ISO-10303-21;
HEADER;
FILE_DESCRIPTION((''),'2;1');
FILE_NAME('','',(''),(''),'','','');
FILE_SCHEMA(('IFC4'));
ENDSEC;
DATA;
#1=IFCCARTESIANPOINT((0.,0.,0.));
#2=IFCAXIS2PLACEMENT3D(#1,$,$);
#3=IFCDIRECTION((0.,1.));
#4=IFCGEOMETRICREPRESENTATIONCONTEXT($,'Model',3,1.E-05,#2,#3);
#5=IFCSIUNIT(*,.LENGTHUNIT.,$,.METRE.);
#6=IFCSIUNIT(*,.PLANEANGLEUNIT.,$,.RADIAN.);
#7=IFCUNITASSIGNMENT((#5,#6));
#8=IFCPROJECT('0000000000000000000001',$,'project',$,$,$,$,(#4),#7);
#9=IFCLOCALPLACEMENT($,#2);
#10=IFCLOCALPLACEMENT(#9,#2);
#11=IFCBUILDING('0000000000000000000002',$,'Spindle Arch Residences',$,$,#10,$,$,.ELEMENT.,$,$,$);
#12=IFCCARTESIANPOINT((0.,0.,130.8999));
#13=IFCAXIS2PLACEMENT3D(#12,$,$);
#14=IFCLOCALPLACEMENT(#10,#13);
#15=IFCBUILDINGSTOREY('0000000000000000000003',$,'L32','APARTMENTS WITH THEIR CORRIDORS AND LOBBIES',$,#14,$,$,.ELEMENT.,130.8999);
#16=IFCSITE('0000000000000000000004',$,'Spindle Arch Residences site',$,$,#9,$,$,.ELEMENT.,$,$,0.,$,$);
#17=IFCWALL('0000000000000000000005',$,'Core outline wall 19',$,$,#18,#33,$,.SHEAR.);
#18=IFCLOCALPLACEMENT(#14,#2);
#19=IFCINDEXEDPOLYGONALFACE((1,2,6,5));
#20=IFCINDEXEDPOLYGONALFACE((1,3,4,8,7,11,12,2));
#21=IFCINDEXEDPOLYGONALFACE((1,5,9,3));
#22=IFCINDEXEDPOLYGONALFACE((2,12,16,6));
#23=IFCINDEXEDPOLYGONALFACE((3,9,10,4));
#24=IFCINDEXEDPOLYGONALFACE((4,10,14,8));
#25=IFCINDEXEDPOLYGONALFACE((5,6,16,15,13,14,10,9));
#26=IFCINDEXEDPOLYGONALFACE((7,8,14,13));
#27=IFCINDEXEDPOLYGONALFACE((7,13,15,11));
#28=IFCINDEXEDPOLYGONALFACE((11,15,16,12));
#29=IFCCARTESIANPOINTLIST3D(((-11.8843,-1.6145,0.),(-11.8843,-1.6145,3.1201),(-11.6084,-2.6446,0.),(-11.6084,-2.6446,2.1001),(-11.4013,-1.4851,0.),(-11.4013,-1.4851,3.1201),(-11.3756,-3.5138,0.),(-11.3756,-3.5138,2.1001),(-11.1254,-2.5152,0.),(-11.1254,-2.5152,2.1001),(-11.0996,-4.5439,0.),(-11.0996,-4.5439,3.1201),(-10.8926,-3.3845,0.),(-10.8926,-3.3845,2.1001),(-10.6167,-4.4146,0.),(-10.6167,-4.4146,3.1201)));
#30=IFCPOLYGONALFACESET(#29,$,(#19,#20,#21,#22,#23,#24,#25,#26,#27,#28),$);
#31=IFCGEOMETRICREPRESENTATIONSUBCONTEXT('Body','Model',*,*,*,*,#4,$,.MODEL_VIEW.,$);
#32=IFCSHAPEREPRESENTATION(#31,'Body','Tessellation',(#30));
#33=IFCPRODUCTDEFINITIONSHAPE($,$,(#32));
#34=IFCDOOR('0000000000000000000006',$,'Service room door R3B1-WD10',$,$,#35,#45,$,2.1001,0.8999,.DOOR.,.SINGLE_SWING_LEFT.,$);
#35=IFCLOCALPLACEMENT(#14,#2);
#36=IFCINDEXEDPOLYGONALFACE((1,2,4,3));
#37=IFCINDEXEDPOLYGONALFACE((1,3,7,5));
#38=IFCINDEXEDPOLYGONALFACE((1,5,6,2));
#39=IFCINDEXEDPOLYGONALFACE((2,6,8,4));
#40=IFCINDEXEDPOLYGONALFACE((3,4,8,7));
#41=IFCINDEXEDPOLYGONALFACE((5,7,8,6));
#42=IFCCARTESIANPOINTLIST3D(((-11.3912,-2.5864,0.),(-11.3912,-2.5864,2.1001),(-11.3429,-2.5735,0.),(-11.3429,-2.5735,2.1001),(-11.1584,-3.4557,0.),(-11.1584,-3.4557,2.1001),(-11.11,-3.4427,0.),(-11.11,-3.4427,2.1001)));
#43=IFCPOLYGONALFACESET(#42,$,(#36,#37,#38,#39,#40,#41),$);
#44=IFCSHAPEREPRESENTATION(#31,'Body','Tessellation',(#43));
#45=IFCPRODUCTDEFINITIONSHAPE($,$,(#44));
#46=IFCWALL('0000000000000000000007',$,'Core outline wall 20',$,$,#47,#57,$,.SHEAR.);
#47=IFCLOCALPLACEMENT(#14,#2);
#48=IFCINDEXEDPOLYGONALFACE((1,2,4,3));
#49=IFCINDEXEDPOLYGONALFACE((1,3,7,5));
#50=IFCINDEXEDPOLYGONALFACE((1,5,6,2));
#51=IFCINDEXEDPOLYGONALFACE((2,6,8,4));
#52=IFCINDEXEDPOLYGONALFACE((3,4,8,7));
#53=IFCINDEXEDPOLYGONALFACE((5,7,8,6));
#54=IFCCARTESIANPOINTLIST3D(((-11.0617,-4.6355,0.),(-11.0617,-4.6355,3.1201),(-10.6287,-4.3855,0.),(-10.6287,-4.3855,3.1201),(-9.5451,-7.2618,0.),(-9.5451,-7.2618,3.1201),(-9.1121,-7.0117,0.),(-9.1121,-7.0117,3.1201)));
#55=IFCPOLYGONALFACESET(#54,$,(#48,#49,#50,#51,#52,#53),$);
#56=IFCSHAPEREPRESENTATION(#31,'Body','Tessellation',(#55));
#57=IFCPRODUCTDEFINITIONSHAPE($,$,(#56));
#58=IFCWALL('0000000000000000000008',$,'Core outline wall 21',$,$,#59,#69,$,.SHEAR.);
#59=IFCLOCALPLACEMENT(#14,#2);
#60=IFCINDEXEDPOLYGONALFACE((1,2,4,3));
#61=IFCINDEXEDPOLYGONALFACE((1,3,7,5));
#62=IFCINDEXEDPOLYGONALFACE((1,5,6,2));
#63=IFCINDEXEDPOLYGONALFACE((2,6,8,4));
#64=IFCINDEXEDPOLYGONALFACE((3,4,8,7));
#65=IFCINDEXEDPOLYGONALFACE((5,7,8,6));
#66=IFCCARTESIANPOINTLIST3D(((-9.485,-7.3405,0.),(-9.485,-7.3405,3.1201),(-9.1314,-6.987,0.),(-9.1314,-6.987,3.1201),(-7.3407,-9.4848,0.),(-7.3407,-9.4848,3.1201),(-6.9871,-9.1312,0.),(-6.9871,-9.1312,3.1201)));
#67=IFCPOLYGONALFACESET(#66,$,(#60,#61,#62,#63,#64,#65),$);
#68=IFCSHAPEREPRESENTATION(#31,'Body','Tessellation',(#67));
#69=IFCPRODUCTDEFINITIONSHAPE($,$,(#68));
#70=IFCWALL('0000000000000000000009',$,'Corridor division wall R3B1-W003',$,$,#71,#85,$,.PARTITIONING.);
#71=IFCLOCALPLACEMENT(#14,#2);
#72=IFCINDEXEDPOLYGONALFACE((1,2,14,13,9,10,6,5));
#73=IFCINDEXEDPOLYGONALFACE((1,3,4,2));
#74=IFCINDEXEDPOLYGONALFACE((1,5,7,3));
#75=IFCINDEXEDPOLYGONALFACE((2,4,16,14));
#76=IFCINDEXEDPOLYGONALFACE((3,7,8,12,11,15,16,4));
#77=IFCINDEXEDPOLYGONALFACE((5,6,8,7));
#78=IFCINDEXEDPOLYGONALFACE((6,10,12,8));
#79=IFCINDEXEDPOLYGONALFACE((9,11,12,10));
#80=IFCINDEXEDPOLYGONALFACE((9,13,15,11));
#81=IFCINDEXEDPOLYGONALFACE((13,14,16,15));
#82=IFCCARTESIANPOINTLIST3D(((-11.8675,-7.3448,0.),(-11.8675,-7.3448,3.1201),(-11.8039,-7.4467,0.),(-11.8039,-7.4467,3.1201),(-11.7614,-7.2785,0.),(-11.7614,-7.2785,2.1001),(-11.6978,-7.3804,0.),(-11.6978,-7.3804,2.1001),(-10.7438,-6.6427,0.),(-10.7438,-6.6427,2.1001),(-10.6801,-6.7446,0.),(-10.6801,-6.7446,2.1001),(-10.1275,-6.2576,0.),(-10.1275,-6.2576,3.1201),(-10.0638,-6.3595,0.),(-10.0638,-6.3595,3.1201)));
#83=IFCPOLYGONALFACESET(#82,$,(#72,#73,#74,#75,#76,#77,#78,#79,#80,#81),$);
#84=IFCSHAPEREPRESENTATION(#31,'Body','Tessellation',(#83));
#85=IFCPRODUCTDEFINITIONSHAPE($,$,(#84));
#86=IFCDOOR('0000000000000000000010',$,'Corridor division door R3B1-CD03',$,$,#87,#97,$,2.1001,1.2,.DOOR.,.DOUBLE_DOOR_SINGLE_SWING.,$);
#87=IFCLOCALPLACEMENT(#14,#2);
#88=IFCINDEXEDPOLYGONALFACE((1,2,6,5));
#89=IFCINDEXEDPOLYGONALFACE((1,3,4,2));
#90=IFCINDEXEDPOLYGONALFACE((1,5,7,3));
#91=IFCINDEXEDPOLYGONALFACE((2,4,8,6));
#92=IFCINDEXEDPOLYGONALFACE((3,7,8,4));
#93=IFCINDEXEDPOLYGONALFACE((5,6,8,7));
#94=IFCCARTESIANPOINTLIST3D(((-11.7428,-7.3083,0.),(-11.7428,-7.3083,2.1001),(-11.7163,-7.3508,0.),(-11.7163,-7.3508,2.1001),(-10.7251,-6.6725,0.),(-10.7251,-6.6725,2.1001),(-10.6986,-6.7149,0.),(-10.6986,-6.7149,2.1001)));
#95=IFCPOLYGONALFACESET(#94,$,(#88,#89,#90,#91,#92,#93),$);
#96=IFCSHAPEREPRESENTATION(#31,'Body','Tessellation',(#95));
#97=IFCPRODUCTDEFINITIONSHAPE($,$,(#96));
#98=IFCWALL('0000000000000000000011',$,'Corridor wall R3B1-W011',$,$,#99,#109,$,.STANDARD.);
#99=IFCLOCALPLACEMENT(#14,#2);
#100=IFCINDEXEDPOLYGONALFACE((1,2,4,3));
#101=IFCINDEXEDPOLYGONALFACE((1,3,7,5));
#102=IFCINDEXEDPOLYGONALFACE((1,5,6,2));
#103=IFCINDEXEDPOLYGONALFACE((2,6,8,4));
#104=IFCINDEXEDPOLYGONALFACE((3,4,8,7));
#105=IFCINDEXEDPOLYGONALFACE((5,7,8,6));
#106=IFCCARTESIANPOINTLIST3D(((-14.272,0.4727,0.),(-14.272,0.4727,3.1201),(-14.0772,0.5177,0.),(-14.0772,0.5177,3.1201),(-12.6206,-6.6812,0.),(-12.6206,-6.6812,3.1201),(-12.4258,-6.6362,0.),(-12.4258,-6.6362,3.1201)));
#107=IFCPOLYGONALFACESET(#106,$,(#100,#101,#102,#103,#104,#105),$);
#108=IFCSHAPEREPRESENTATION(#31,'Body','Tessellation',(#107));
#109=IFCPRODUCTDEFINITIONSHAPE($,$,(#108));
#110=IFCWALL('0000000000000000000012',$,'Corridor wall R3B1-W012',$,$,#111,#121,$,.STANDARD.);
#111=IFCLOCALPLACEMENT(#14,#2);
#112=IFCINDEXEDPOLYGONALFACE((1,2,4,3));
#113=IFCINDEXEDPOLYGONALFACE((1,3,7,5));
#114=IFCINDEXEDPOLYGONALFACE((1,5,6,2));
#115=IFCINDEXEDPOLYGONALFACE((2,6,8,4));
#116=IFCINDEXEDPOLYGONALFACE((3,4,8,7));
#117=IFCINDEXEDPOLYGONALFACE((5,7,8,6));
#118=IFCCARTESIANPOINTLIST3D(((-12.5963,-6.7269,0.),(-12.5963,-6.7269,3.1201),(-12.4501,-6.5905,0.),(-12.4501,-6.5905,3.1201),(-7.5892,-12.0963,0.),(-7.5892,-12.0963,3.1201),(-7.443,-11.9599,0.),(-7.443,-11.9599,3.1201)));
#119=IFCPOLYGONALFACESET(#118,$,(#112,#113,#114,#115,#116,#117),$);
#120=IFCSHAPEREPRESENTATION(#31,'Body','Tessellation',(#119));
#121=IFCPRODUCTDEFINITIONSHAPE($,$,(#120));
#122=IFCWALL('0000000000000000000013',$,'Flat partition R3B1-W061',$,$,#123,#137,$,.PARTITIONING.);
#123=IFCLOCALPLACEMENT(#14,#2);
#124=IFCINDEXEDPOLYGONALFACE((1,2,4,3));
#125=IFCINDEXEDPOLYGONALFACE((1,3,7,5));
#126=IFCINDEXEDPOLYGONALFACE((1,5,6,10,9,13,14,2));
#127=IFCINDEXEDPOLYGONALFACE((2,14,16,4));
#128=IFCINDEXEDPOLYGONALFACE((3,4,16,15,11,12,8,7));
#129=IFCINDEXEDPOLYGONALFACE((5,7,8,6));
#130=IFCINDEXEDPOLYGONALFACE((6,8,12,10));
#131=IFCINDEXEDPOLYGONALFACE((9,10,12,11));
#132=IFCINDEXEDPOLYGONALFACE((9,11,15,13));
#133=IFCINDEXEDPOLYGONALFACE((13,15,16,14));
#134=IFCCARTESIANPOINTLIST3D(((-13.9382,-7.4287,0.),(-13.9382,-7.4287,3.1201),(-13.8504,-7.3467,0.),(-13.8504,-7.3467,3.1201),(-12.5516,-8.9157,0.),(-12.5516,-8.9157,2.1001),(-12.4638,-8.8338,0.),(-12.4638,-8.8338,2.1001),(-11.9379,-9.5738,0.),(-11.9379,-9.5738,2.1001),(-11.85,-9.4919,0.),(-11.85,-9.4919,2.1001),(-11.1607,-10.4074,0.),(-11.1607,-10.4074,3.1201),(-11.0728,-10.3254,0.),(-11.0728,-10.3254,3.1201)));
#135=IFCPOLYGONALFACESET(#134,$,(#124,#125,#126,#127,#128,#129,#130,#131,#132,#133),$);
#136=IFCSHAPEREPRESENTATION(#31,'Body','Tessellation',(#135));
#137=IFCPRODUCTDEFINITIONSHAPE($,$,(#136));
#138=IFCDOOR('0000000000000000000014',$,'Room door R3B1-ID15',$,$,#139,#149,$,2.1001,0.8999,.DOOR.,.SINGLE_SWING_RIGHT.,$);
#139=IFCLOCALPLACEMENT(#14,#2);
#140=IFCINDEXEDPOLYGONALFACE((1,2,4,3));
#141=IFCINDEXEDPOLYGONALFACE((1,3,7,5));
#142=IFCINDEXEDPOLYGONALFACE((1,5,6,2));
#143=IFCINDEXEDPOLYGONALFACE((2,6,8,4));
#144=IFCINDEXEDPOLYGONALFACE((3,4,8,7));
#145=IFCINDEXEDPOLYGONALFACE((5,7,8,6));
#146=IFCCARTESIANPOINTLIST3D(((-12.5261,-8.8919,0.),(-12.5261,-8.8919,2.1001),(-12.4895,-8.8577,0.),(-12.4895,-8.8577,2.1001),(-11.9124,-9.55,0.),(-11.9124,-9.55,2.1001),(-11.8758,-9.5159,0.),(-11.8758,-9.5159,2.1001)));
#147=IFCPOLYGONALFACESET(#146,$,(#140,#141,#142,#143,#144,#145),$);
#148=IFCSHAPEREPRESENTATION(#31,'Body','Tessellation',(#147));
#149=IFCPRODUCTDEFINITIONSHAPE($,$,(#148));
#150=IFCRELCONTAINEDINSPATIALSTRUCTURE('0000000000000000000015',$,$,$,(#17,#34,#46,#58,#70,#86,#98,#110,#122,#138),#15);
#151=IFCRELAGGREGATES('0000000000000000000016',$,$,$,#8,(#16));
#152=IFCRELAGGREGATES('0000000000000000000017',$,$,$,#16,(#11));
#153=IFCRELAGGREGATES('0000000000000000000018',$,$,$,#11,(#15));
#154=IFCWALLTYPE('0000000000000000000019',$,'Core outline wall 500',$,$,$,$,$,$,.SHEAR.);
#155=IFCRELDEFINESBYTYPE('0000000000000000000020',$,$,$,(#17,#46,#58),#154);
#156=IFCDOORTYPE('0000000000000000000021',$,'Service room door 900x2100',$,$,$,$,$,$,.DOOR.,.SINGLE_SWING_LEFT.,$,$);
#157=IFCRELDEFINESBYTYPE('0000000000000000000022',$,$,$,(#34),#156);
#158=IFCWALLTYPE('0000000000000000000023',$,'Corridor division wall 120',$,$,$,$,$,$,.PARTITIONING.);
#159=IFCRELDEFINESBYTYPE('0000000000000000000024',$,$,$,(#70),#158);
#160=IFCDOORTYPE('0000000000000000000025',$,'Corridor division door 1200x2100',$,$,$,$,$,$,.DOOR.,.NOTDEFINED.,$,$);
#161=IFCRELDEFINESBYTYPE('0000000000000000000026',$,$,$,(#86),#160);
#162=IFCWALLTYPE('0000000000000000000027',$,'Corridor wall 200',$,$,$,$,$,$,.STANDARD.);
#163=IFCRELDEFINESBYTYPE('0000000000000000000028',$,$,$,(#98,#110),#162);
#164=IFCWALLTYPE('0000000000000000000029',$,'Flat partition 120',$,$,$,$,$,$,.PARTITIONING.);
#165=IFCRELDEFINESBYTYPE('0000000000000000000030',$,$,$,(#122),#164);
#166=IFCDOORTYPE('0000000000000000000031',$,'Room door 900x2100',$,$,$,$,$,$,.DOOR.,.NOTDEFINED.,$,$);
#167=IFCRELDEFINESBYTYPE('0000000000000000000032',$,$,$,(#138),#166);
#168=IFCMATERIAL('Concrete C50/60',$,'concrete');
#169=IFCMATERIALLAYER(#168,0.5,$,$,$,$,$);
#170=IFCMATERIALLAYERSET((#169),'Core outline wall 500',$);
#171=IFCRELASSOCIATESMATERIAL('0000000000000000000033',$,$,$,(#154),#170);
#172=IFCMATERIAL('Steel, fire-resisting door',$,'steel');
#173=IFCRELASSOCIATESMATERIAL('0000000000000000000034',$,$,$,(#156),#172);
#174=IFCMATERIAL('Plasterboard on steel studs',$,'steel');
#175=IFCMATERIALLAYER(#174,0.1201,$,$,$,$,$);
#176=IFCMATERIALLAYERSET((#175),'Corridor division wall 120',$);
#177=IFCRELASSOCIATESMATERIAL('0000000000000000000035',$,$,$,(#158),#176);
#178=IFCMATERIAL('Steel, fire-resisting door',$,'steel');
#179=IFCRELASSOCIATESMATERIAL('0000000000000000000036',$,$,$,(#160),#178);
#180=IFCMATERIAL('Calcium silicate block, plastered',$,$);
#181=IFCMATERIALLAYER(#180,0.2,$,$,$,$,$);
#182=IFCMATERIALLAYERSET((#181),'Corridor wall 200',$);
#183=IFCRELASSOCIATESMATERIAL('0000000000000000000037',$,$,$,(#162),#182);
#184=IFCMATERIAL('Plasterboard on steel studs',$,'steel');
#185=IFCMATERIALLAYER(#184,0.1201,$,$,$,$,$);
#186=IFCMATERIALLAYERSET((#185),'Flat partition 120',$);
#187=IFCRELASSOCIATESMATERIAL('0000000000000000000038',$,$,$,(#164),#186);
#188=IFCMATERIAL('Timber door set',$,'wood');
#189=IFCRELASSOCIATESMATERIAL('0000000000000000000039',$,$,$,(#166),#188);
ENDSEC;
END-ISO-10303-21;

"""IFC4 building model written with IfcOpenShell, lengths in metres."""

from ifc_helpers import new_model, si_unit, direction, frame, frame_2d, origin, place, context, subcontext, project, spatial, rectangle, extrude, material, layer, layer_set, type_object, element, fill, save


model = new_model("IFC4")

# Units and contexts
model_context = context("Model", 3, precision=1e-05, world=origin(), true_north=direction((0.0, 1.0)))
body_context = subcontext(model_context, "Body", "Model", "MODEL_VIEW")
ifc_project = project(units=[si_unit("LENGTHUNIT", "METRE"), si_unit("PLANEANGLEUNIT", "RADIAN")], contexts=[model_context])

# Site, building, storey
site_placement = place(None, origin())
site = spatial("IfcSite", under=ifc_project, at=site_placement, Name="Spindle Arch Residences site", CompositionType="ELEMENT", RefElevation=0.0)
building_placement = place(site_placement, origin())
building = spatial("IfcBuilding", under=site, at=building_placement, Name="Spindle Arch Residences", CompositionType="ELEMENT")
storey_placement = place(building_placement, frame((0.0, 0.0, 130.8999)))
storey = spatial("IfcBuildingStorey", under=building, at=storey_placement, Name="L32", Description="APARTMENTS WITH THEIR CORRIDORS AND LOBBIES", CompositionType="ELEMENT", Elevation=130.8999)

# Wall, opening, door
ifc_material_1 = material(Name="Concrete C50/60", Category="concrete")
ifc_layer_1 = layer(ifc_material_1, 0.5)
ifc_layer_set_1 = layer_set([ifc_layer_1], Name="Core outline wall 500")
wall_type_1 = type_object("IfcWallType", Name="Core outline wall 500", PredefinedType="SHEAR", material=ifc_layer_set_1)
wall_1_placement = place(storey_placement, frame((-11.6428, -1.5498, 0.0), z_axis=(0.0, 0.0, 1.0), x_axis=(0.258735, -0.965948, 0.0)))
wall_1 = element("IfcWall", 1, at=wall_1_placement, inside=storey, type_object=wall_type_1, Name="Core outline wall 19", PredefinedType="SHEAR", context=body_context, shape_type="SweptSolid", body=[
    extrude(rectangle(XDim=3.0327, YDim=0.5, at=frame_2d((1.5164, 0.0))), origin(), (0.0, 0.0, 1.0), 3.1201),
])
opening_1_placement = place(wall_1_placement, frame((1.0664, 0.0, 0.0)))
opening_1 = element("IfcOpeningElement", 2, at=opening_1_placement, cuts=wall_1, PredefinedType="OPENING", context=body_context, shape_type="SweptSolid", body=[
    extrude(rectangle(XDim=0.8999, YDim=2.1001, at=frame_2d((0.45, 1.05))), frame((0.0, 0.26, 0.0), z_axis=(0.0, -1.0, 0.0), x_axis=(1.0, 0.0, 0.0)), (0.0, 0.0, 1.0), 0.52),
])
ifc_material_2 = material(Name="Steel, fire-resisting door", Category="steel")
door_type_1 = type_object("IfcDoorType", Name="Service room door 900x2100", OperationType="SINGLE_SWING_LEFT", PredefinedType="DOOR", material=ifc_material_2)
door_1_placement = place(opening_1_placement, origin())
door_1 = element("IfcDoor", 3, at=door_1_placement, inside=storey, type_object=door_type_1, Name="Service room door R3B1-WD10", OperationType="SINGLE_SWING_LEFT", OverallHeight=2.1001, OverallWidth=0.8999, PredefinedType="DOOR", context=body_context, shape_type="SweptSolid", body=[
    extrude(rectangle(XDim=0.8999, YDim=2.1001, at=frame_2d((0.45, 1.05))), frame((0.0, 0.0249, 0.0), z_axis=(0.0, -1.0, 0.0), x_axis=(1.0, 0.0, 0.0)), (0.0, 0.0, 1.0), 0.05),
])
fill(opening_1, door_1)

# Walls
wall_2_placement = place(storey_placement, frame((-10.8452, -4.5105, 0.0), z_axis=(0.0, 0.0, 1.0), x_axis=(0.500087, -0.865975, 0.0)))
element("IfcWall", 4, at=wall_2_placement, inside=storey, type_object=wall_type_1, Name="Core outline wall 20", PredefinedType="SHEAR", context=body_context, shape_type="SweptSolid", body=[
    extrude(rectangle(XDim=3.0327, YDim=0.5, at=frame_2d((1.5164, 0.0))), origin(), (0.0, 0.0, 1.0), 3.1201),
])
wall_3_placement = place(storey_placement, frame((-9.3081, -7.1638, 0.0), z_axis=(0.0, 0.0, 1.0), x_axis=(0.707107, -0.707107, 0.0)))
element("IfcWall", 5, at=wall_3_placement, inside=storey, type_object=wall_type_1, Name="Core outline wall 21", PredefinedType="SHEAR", context=body_context, shape_type="SweptSolid", body=[
    extrude(rectangle(XDim=3.0325, YDim=0.5, at=frame_2d((1.5161, 0.0))), origin(), (0.0, 0.0, 1.0), 3.1201),
])

# Wall, opening, door
ifc_material_3 = material(Name="Plasterboard on steel studs", Category="steel")
ifc_layer_2 = layer(ifc_material_3, 0.1201)
ifc_layer_set_2 = layer_set([ifc_layer_2], Name="Corridor division wall 120")
wall_type_2 = type_object("IfcWallType", Name="Corridor division wall 120", PredefinedType="PARTITIONING", material=ifc_layer_set_2)
wall_4_placement = place(storey_placement, frame((-11.8357, -7.3958, 0.0), z_axis=(0.0, 0.0, 1.0), x_axis=(0.848072, 0.529881, 0.0)))
wall_4 = element("IfcWall", 6, at=wall_4_placement, inside=storey, type_object=wall_type_2, Name="Corridor division wall R3B1-W003", PredefinedType="PARTITIONING", context=body_context, shape_type="SweptSolid", body=[
    extrude(rectangle(XDim=2.0518, YDim=0.1201, at=frame_2d((1.0259, 0.0))), origin(), (0.0, 0.0, 1.0), 3.1201),
])
opening_2_placement = place(wall_4_placement, frame((0.125, 0.0, 0.0)))
opening_2 = element("IfcOpeningElement", 7, at=opening_2_placement, cuts=wall_4, PredefinedType="OPENING", context=body_context, shape_type="SweptSolid", body=[
    extrude(rectangle(XDim=1.2, YDim=2.1001, at=frame_2d((0.6001, 1.05))), frame((0.0, 0.0701, 0.0), z_axis=(0.0, -1.0, 0.0), x_axis=(1.0, 0.0, 0.0)), (0.0, 0.0, 1.0), 0.1401),
])
ifc_material_4 = material(Name="Steel, fire-resisting door", Category="steel")
door_type_2 = type_object("IfcDoorType", Name="Corridor division door 1200x2100", OperationType="NOTDEFINED", PredefinedType="DOOR", material=ifc_material_4)
door_2_placement = place(opening_2_placement, origin())
door_2 = element("IfcDoor", 8, at=door_2_placement, inside=storey, type_object=door_type_2, Name="Corridor division door R3B1-CD03", OperationType="DOUBLE_DOOR_SINGLE_SWING", OverallHeight=2.1001, OverallWidth=1.2, PredefinedType="DOOR", context=body_context, shape_type="SweptSolid", body=[
    extrude(rectangle(XDim=1.2, YDim=2.1001, at=frame_2d((0.6001, 1.05))), frame((0.0, 0.0249, 0.0), z_axis=(0.0, -1.0, 0.0), x_axis=(1.0, 0.0, 0.0)), (0.0, 0.0, 1.0), 0.05),
])
fill(opening_2, door_2)

# Walls
ifc_material_5 = material(Name="Calcium silicate block, plastered")
ifc_layer_3 = layer(ifc_material_5, 0.2)
ifc_layer_set_3 = layer_set([ifc_layer_3], Name="Corridor wall 200")
wall_type_3 = type_object("IfcWallType", Name="Corridor wall 200", PredefinedType="STANDARD", material=ifc_layer_set_3)
wall_5_placement = place(storey_placement, frame((-14.1746, 0.4951, 0.0), z_axis=(0.0, 0.0, 1.0), x_axis=(0.224923, -0.974377, 0.0)))
element("IfcWall", 9, at=wall_5_placement, inside=storey, type_object=wall_type_3, Name="Corridor wall R3B1-W011", PredefinedType="STANDARD", context=body_context, shape_type="SweptSolid", body=[
    extrude(rectangle(XDim=7.342, YDim=0.2, at=frame_2d((3.6709, 0.0))), origin(), (0.0, 0.0, 1.0), 3.1201),
])
wall_6_placement = place(storey_placement, frame((-12.5232, -6.6587, 0.0), z_axis=(0.0, 0.0, 1.0), x_axis=(0.682002, -0.73135, 0.0)))
element("IfcWall", 10, at=wall_6_placement, inside=storey, type_object=wall_type_3, Name="Corridor wall R3B1-W012", PredefinedType="STANDARD", context=body_context, shape_type="SweptSolid", body=[
    extrude(rectangle(XDim=7.3418, YDim=0.2, at=frame_2d((3.6709, 0.0))), origin(), (0.0, 0.0, 1.0), 3.1201),
])

# Wall, opening, door
ifc_material_6 = material(Name="Plasterboard on steel studs", Category="steel")
ifc_layer_4 = layer(ifc_material_6, 0.1201)
ifc_layer_set_4 = layer_set([ifc_layer_4], Name="Flat partition 120")
wall_type_4 = type_object("IfcWallType", Name="Flat partition 120", PredefinedType="PARTITIONING", material=ifc_layer_set_4)
wall_7_placement = place(storey_placement, frame((-13.8943, -7.3877, 0.0), z_axis=(0.0, 0.0, 1.0), x_axis=(0.681979, -0.731372, 0.0)))
wall_7 = element("IfcWall", 11, at=wall_7_placement, inside=storey, type_object=wall_type_4, Name="Flat partition R3B1-W061", PredefinedType="PARTITIONING", context=body_context, shape_type="SweptSolid", body=[
    extrude(rectangle(XDim=4.0728, YDim=0.1201, at=frame_2d((2.0364, 0.0))), origin(), (0.0, 0.0, 1.0), 3.1201),
])
opening_3_placement = place(wall_7_placement, frame((2.0332, 0.0, 0.0)))
opening_3 = element("IfcOpeningElement", 12, at=opening_3_placement, cuts=wall_7, PredefinedType="OPENING", context=body_context, shape_type="SweptSolid", body=[
    extrude(rectangle(XDim=0.8999, YDim=2.1001, at=frame_2d((0.45, 1.05))), frame((0.0, 0.0701, 0.0), z_axis=(0.0, -1.0, 0.0), x_axis=(1.0, 0.0, 0.0)), (0.0, 0.0, 1.0), 0.1401),
])
ifc_material_7 = material(Name="Timber door set", Category="wood")
door_type_3 = type_object("IfcDoorType", Name="Room door 900x2100", OperationType="NOTDEFINED", PredefinedType="DOOR", material=ifc_material_7)
door_3_placement = place(opening_3_placement, origin())
door_3 = element("IfcDoor", 13, at=door_3_placement, inside=storey, type_object=door_type_3, Name="Room door R3B1-ID15", OperationType="SINGLE_SWING_RIGHT", OverallHeight=2.1001, OverallWidth=0.8999, PredefinedType="DOOR", context=body_context, shape_type="SweptSolid", body=[
    extrude(rectangle(XDim=0.8999, YDim=2.1001, at=frame_2d((0.45, 1.05))), frame((0.0, 0.0249, 0.0), z_axis=(0.0, -1.0, 0.0), x_axis=(1.0, 0.0, 0.0)), (0.0, 0.0, 1.0), 0.05),
])
fill(opening_3, door_3)

save(model, "model.ifc")
